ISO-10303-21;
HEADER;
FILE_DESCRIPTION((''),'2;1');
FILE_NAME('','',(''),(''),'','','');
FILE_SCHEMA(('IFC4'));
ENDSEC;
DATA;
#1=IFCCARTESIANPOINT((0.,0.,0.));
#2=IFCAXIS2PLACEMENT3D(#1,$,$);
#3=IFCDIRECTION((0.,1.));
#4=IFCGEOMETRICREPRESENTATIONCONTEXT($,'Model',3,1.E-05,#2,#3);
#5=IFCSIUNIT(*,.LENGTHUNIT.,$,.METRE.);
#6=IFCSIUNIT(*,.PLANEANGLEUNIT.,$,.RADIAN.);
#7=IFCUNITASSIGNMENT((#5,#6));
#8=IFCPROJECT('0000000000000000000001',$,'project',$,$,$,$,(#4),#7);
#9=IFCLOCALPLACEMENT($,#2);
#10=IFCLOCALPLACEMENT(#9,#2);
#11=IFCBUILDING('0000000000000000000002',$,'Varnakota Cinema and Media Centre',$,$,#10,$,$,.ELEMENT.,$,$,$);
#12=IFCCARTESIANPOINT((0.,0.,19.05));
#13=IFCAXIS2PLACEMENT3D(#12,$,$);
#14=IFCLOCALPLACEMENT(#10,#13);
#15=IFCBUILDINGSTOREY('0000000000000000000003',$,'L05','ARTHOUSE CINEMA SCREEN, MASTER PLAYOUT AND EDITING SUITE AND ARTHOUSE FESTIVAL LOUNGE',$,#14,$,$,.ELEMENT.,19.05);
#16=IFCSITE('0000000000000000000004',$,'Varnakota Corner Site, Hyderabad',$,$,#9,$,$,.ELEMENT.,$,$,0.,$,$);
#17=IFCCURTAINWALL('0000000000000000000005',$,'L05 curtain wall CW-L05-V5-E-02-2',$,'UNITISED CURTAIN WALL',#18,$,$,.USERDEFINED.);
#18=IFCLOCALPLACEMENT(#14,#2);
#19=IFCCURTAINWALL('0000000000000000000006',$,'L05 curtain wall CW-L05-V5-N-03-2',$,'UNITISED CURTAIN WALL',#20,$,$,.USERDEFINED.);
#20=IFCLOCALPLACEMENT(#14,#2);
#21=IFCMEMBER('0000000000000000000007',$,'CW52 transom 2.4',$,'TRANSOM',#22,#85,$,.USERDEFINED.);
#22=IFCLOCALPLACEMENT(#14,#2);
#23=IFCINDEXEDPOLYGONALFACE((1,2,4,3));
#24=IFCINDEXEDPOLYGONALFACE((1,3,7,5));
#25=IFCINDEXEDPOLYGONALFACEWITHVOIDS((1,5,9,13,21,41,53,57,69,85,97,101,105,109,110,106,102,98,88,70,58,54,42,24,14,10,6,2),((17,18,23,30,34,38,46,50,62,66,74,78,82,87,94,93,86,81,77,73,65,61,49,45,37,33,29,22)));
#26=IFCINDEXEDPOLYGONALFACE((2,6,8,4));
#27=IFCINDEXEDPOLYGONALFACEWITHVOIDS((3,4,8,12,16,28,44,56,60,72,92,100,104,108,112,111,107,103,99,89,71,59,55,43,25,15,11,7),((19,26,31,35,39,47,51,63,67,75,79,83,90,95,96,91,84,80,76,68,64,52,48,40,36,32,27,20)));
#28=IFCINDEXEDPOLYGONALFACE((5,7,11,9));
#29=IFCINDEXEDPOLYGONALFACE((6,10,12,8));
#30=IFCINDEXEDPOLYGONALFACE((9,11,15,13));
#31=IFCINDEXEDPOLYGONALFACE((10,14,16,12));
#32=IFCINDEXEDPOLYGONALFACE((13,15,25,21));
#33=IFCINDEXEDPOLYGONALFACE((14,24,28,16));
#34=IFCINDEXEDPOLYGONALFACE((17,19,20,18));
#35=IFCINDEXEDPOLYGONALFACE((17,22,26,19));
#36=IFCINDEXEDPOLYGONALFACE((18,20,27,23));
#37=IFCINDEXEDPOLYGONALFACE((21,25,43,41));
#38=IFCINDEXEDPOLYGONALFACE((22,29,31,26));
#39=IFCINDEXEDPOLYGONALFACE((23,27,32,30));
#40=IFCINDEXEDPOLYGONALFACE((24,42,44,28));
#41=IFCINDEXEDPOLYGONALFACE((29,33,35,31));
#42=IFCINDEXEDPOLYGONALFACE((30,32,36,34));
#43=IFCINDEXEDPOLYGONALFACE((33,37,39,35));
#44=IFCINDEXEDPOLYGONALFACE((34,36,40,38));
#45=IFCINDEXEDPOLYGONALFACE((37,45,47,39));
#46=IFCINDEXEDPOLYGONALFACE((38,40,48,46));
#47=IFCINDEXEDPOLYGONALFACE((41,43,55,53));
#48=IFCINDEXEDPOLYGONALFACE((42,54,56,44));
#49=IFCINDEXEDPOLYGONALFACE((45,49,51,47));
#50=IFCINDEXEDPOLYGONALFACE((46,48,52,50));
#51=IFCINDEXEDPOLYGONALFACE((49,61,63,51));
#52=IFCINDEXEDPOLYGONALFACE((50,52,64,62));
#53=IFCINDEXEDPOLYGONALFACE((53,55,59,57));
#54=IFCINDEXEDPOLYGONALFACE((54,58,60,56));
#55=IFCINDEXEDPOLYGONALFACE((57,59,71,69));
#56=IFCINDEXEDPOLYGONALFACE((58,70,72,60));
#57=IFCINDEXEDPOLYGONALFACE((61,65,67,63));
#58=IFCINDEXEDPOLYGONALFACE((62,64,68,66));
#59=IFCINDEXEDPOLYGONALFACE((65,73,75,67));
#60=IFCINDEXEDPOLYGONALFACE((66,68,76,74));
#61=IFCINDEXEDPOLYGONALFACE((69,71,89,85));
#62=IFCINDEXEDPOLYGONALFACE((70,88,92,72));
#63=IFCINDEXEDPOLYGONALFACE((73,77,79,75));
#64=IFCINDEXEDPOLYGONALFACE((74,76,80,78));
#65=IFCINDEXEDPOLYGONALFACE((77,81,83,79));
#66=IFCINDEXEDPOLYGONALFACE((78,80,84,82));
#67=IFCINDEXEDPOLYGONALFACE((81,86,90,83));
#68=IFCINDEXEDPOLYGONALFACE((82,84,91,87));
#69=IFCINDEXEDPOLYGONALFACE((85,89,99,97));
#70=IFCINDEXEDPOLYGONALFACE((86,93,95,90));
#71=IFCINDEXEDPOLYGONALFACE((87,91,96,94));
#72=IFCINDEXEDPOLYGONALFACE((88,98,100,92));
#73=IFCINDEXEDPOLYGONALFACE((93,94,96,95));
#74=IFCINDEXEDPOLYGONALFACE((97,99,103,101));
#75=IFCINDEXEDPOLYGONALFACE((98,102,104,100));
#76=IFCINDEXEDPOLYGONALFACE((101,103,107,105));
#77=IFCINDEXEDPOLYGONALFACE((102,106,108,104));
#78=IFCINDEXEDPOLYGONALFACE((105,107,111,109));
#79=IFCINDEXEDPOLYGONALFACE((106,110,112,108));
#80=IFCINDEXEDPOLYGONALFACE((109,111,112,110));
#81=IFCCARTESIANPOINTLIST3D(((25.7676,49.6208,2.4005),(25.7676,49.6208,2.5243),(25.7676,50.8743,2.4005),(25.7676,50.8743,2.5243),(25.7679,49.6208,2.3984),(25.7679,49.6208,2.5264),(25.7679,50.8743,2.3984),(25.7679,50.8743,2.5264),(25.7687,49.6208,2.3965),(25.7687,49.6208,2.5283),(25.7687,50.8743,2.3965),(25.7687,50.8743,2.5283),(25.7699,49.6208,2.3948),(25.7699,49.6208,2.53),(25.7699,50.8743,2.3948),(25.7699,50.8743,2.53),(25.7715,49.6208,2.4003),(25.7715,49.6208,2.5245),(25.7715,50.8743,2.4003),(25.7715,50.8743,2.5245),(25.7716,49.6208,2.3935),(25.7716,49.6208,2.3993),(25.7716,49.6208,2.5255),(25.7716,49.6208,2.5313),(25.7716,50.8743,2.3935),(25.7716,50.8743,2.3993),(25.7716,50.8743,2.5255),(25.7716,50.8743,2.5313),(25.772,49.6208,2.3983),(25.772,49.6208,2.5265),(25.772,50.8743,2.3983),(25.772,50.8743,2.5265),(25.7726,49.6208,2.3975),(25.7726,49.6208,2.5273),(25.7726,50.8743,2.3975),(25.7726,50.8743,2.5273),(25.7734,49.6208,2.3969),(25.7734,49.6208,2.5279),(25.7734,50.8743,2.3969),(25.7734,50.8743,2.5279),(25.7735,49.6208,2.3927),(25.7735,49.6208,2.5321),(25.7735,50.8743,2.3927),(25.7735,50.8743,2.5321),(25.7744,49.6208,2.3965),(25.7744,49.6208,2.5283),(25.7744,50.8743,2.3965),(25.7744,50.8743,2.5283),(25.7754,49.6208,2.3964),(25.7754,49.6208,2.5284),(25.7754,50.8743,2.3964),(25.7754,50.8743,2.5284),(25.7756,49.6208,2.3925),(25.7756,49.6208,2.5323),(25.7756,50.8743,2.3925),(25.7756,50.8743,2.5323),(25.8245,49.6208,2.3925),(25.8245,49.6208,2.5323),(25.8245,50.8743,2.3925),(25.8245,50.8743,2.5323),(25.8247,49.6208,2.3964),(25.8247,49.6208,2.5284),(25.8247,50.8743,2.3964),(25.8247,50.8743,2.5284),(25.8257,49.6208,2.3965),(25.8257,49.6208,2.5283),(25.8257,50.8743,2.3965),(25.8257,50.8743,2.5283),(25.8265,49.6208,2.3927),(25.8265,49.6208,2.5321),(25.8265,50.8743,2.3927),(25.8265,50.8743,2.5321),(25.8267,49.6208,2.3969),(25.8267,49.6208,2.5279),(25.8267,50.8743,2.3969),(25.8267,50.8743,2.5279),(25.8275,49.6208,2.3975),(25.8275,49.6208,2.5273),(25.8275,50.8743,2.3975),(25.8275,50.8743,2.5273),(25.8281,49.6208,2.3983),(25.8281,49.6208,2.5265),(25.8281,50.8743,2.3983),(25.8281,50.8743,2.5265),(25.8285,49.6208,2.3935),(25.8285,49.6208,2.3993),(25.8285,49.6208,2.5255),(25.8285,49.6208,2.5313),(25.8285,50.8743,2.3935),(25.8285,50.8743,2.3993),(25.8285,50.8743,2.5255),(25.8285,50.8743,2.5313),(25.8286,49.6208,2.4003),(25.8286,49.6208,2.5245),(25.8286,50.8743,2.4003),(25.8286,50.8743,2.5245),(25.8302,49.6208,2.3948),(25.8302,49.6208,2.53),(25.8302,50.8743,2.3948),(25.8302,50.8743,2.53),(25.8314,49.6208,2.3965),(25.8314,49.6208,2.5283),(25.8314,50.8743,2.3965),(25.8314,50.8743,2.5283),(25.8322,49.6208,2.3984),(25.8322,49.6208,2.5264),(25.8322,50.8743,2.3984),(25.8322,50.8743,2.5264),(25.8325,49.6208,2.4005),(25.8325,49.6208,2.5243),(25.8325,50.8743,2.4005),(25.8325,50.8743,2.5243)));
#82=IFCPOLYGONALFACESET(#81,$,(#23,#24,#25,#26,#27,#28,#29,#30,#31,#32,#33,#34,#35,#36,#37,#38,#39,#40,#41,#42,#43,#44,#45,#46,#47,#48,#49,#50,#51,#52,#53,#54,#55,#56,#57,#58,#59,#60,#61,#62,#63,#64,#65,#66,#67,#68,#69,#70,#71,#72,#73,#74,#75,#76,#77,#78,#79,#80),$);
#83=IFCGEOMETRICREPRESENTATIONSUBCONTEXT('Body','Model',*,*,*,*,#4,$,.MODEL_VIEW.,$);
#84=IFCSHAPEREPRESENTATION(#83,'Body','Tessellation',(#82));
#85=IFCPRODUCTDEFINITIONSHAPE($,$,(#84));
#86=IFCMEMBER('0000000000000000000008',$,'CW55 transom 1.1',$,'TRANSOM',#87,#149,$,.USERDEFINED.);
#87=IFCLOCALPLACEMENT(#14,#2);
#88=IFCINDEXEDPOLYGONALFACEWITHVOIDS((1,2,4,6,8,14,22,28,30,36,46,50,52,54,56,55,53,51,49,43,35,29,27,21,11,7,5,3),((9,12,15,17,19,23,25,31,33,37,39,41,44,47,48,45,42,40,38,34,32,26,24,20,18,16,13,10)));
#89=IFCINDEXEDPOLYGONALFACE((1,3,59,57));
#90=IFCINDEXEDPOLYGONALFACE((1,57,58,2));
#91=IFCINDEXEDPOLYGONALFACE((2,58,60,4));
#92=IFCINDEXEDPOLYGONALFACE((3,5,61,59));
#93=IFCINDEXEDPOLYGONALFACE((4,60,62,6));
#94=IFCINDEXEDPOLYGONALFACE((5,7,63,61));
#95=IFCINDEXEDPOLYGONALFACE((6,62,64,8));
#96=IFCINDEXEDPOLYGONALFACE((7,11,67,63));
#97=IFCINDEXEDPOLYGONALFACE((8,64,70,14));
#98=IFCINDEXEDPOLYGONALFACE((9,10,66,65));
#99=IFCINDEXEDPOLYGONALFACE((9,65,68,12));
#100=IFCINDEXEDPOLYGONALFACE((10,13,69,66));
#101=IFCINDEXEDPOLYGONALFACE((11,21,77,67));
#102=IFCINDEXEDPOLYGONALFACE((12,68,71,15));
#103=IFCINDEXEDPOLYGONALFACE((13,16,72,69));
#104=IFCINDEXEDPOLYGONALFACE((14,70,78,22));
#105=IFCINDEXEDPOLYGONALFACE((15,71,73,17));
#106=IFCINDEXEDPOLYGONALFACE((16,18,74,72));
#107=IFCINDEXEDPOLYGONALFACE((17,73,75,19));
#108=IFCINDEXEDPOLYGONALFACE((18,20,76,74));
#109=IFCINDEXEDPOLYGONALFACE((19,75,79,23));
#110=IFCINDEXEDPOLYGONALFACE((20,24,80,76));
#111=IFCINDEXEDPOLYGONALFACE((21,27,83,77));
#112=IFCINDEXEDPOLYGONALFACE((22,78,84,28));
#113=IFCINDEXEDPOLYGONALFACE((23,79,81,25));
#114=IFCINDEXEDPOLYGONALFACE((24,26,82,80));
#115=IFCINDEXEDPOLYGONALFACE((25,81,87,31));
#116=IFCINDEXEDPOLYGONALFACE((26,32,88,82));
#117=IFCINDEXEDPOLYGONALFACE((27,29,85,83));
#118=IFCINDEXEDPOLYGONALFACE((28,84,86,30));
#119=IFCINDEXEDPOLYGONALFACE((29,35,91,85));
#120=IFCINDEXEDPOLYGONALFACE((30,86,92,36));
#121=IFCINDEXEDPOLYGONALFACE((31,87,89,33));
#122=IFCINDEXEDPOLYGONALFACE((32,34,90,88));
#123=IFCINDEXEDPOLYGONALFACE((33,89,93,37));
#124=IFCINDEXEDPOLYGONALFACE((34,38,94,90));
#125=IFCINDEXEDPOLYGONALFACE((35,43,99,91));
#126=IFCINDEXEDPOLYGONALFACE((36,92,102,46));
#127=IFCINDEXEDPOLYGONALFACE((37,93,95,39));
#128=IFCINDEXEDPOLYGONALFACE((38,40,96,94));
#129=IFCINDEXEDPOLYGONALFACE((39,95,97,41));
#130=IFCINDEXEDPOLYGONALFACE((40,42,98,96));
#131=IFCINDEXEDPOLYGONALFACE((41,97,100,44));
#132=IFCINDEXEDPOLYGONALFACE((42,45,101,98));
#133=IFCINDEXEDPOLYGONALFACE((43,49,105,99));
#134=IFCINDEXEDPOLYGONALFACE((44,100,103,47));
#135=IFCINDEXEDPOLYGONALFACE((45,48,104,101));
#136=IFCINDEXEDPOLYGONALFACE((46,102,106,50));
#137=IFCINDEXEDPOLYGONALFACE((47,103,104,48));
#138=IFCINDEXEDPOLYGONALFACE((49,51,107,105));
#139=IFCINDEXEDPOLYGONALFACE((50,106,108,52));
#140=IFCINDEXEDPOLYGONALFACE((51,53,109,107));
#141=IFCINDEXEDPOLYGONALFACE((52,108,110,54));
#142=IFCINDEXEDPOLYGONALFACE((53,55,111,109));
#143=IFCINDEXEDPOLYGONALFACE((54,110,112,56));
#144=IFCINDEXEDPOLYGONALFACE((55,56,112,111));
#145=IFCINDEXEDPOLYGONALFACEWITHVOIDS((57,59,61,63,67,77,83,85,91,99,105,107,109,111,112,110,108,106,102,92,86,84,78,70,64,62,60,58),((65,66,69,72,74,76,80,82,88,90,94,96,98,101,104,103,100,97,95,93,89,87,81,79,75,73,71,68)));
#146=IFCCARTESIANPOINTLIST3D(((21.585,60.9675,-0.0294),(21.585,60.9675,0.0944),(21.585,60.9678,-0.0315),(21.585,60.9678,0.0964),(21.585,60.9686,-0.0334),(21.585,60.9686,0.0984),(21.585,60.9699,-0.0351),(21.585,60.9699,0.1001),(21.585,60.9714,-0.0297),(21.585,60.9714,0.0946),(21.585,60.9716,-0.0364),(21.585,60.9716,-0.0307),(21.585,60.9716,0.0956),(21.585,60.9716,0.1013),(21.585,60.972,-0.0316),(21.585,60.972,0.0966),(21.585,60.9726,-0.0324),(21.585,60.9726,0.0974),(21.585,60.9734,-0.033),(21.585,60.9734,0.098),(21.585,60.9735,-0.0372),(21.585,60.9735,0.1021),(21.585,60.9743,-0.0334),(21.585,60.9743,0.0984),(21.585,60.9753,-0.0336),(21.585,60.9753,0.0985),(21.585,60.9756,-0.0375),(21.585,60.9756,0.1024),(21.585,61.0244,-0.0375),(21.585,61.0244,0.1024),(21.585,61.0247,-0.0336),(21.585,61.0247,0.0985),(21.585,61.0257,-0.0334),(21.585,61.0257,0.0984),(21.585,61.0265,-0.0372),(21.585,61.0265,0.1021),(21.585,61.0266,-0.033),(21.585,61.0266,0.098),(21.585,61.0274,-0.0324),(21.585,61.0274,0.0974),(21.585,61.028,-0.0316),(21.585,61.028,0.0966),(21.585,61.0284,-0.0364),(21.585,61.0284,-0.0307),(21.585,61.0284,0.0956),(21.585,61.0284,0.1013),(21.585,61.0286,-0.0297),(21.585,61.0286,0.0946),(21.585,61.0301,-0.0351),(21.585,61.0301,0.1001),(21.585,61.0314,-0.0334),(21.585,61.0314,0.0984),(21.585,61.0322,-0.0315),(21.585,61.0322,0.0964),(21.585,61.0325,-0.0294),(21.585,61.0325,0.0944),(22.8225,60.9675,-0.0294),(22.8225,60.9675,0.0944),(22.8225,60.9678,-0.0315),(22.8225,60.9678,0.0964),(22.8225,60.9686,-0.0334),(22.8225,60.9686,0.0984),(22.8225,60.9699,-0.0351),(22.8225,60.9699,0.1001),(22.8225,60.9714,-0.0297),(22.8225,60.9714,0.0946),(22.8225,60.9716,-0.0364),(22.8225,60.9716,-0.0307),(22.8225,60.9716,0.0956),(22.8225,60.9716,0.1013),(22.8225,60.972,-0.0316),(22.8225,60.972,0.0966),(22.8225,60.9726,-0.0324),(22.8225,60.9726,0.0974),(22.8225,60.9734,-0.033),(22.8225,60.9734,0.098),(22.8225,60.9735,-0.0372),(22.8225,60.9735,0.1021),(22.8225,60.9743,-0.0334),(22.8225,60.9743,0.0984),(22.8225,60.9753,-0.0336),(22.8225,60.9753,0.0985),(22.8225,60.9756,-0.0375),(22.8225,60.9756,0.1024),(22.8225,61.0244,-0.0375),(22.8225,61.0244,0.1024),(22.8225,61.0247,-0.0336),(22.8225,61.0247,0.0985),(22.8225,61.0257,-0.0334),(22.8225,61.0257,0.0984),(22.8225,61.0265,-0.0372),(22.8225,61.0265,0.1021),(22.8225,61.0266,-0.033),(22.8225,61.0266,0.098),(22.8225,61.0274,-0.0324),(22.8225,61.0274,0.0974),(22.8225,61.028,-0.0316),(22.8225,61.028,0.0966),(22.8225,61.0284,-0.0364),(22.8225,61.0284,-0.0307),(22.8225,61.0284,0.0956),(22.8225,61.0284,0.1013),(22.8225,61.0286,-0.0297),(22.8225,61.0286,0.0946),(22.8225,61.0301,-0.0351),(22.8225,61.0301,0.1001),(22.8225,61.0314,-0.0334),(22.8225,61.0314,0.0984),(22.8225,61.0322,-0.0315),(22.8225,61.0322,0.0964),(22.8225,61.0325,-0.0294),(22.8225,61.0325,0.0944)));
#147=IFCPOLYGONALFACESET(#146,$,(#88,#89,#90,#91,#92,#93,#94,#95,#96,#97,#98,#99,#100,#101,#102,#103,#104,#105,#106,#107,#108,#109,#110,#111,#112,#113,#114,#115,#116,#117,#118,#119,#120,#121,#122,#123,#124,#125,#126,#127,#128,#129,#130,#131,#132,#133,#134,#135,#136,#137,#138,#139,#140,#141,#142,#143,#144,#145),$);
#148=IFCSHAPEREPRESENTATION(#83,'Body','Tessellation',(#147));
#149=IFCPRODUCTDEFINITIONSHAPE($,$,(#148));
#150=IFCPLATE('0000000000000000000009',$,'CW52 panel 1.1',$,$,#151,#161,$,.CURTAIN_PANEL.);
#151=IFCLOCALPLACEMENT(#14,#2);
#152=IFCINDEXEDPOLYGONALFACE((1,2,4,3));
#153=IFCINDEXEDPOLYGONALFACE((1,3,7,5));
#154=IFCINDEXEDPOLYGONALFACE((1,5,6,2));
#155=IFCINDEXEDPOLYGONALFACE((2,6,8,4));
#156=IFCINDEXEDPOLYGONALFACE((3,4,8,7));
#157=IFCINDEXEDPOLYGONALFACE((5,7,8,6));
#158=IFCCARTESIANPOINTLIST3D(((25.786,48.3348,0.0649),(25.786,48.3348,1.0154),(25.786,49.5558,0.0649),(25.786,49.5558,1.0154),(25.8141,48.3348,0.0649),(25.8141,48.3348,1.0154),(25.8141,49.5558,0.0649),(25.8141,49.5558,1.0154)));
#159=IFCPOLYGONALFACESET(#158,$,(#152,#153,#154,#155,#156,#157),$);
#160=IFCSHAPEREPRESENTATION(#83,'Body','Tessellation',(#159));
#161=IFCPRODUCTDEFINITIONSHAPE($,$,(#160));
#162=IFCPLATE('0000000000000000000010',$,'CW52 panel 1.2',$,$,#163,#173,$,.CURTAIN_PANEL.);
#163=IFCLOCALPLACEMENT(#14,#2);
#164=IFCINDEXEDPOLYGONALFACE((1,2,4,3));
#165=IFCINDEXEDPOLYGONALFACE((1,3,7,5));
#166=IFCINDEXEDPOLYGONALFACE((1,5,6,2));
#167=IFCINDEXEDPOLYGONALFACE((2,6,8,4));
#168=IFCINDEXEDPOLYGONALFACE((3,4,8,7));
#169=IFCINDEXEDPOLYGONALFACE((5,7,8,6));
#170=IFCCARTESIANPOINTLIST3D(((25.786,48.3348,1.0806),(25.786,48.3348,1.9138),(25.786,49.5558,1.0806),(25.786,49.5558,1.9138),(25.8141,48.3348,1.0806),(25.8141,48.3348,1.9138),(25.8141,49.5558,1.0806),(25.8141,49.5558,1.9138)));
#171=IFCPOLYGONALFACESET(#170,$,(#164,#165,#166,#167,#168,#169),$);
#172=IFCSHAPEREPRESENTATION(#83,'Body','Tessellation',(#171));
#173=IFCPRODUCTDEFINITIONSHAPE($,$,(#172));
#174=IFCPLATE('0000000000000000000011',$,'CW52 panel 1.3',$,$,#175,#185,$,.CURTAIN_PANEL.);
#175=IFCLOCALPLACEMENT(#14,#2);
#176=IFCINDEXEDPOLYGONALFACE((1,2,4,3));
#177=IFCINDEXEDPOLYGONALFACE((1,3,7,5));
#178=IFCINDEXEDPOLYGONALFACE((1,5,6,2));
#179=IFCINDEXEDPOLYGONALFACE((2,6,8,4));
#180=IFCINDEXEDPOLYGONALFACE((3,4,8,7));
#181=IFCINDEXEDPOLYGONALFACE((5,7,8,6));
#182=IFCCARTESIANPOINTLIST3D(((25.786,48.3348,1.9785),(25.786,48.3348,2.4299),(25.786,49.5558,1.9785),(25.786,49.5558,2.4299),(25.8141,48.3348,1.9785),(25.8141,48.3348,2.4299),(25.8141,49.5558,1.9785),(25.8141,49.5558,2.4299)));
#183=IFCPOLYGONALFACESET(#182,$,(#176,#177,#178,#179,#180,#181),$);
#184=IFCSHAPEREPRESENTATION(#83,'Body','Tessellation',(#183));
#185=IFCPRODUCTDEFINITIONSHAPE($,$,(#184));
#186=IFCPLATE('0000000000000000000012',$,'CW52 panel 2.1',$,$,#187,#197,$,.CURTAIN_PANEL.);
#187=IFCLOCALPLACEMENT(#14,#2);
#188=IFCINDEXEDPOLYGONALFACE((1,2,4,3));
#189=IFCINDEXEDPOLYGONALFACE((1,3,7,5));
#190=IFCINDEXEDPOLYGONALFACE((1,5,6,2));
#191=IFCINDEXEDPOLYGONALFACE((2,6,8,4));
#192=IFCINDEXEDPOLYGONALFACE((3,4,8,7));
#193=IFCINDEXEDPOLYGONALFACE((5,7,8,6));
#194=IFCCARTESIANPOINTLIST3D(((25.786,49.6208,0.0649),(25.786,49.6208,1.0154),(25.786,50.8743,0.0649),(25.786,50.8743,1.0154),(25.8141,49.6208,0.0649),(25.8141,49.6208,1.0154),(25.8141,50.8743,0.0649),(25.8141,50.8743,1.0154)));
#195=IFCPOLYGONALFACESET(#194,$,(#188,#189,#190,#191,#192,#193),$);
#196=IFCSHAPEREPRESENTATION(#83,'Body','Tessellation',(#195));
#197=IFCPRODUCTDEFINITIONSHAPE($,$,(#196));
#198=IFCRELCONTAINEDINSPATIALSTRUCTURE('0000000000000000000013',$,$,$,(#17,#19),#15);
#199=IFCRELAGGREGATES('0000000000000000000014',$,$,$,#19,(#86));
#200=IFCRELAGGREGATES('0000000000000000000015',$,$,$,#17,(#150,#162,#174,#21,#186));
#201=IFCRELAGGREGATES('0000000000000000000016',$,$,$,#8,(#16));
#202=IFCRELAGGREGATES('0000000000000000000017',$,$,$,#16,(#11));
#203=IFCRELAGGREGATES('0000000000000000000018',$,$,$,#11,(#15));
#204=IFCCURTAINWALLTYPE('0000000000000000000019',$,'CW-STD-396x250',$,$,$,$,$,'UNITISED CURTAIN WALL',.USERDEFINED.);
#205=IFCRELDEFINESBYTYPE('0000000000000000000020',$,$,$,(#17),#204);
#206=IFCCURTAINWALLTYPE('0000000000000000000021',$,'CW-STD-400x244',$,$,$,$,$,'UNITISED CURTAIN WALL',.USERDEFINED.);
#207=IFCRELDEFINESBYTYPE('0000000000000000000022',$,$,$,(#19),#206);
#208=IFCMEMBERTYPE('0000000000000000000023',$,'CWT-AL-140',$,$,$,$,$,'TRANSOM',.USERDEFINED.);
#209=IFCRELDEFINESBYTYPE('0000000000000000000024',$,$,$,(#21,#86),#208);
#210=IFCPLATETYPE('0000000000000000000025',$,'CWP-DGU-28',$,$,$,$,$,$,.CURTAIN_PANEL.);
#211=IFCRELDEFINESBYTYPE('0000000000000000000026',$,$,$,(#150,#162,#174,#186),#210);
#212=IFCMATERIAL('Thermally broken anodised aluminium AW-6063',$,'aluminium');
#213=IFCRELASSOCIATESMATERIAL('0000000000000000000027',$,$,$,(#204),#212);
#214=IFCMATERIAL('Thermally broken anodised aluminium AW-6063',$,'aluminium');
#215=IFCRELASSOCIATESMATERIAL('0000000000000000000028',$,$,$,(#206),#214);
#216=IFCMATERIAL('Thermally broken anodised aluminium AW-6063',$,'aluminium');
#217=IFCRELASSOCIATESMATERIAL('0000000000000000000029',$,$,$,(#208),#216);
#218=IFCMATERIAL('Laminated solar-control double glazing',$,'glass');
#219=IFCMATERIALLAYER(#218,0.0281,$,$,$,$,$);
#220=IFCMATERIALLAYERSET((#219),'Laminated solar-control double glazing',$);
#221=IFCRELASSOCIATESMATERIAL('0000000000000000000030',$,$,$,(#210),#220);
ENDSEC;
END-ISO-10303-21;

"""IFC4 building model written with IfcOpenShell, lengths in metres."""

from ifc_helpers import new_model, si_unit, direction, frame, origin, origin_2d, place, context, subcontext, project, spatial, rectangle, hollow_rectangle, extrude, material, layer, layer_set, material_profile, profile_set, type_object, element, aggregate, save


model = new_model("IFC4")

# Units and contexts
model_context = context("Model", 3, precision=1e-05, world=origin(), true_north=direction((0.0, 1.0)))
body_context = subcontext(model_context, "Body", "Model", "MODEL_VIEW")
ifc_project = project(units=[si_unit("LENGTHUNIT", "METRE"), si_unit("PLANEANGLEUNIT", "RADIAN")], contexts=[model_context])

# Site, building, storey
site_placement = place(None, origin())
site = spatial("IfcSite", under=ifc_project, at=site_placement, Name="Varnakota Corner Site, Hyderabad", CompositionType="ELEMENT", RefElevation=0.0)
building_placement = place(site_placement, origin())
building = spatial("IfcBuilding", under=site, at=building_placement, Name="Varnakota Cinema and Media Centre", CompositionType="ELEMENT")
storey_placement = place(building_placement, frame((0.0, 0.0, 19.05)))
storey = spatial("IfcBuildingStorey", under=building, at=storey_placement, Name="L05", Description="ARTHOUSE CINEMA SCREEN, MASTER PLAYOUT AND EDITING SUITE AND ARTHOUSE FESTIVAL LOUNGE", CompositionType="ELEMENT", Elevation=19.05)

# Shared definitions
ifc_material_1 = material(Name="Thermally broken anodised aluminium AW-6063", Category="aluminium")
curtain_wall_type_1 = type_object("IfcCurtainWallType", Name="CW-STD-396x250", ElementType="UNITISED CURTAIN WALL", PredefinedType="USERDEFINED", material=ifc_material_1)

# Curtain wall
curtain_wall_1_placement = place(storey_placement, origin())
curtain_wall_1 = element("IfcCurtainWall", 1, at=curtain_wall_1_placement, inside=storey, type_object=curtain_wall_type_1, Name="L05 curtain wall CW-L05-V5-E-02-2", ObjectType="UNITISED CURTAIN WALL", PredefinedType="USERDEFINED")

# Curtain wall
ifc_material_2 = material(Name="Thermally broken anodised aluminium AW-6063", Category="aluminium")
curtain_wall_type_2 = type_object("IfcCurtainWallType", Name="CW-STD-400x244", ElementType="UNITISED CURTAIN WALL", PredefinedType="USERDEFINED", material=ifc_material_2)
curtain_wall_2_placement = place(storey_placement, origin())
curtain_wall_2 = element("IfcCurtainWall", 2, at=curtain_wall_2_placement, inside=storey, type_object=curtain_wall_type_2, Name="L05 curtain wall CW-L05-V5-N-03-2", ObjectType="UNITISED CURTAIN WALL", PredefinedType="USERDEFINED")

# Members
ifc_material_3 = material(Name="Thermally broken anodised aluminium AW-6063", Category="aluminium")
ifc_material_profile_1 = material_profile(ifc_material_3, hollow_rectangle(XDim=0.0649, YDim=0.1399, WallThickness=0.0039, InnerFilletRadius=0.0039, OuterFilletRadius=0.0081, at=origin_2d()), Name="AL-TRANSOM 140x65x4")
ifc_profile_set_1 = profile_set([ifc_material_profile_1], Name="Thermally broken anodised aluminium AW-6063")
member_type_1 = type_object("IfcMemberType", Name="CWT-AL-140", ElementType="TRANSOM", PredefinedType="USERDEFINED", material=ifc_profile_set_1)
member_1_placement = place(storey_placement, frame((25.8, 49.6208, 2.4624), z_axis=(0.0, 1.0, 0.0), x_axis=(-1.0, 0.0, 0.0)))
member_1 = element("IfcMember", 3, at=member_1_placement, type_object=member_type_1, Name="CW52 transom 2.4", ObjectType="TRANSOM", PredefinedType="USERDEFINED", context=body_context, shape_type="SweptSolid", body=[
    extrude(hollow_rectangle(XDim=0.0649, YDim=0.1399, WallThickness=0.0039, InnerFilletRadius=0.0039, OuterFilletRadius=0.0081, at=origin_2d()), origin(), (0.0, 0.0, 1.0), 1.2534),
])
member_2_placement = place(storey_placement, frame((21.585, 61.0, 0.0325), z_axis=(1.0, 0.0, 0.0), x_axis=(0.0, 1.0, 0.0)))
member_2 = element("IfcMember", 4, at=member_2_placement, type_object=member_type_1, Name="CW55 transom 1.1", ObjectType="TRANSOM", PredefinedType="USERDEFINED", context=body_context, shape_type="SweptSolid", body=[
    extrude(hollow_rectangle(XDim=0.0649, YDim=0.1399, WallThickness=0.0039, InnerFilletRadius=0.0039, OuterFilletRadius=0.0081, at=origin_2d()), origin(), (0.0, 0.0, 1.0), 1.2375),
])
aggregate(curtain_wall_2, [member_2])

# Plates
ifc_material_4 = material(Name="Laminated solar-control double glazing", Category="glass")
ifc_layer_1 = layer(ifc_material_4, 0.0281)
ifc_layer_set_1 = layer_set([ifc_layer_1], Name="Laminated solar-control double glazing")
plate_type = type_object("IfcPlateType", Name="CWP-DGU-28", PredefinedType="CURTAIN_PANEL", material=ifc_layer_set_1)
plate_1_placement = place(storey_placement, frame((25.8, 48.9453, 0.0649), z_axis=(0.0, 0.0, 1.0), x_axis=(0.0, 1.0, 0.0)))
plate_1 = element("IfcPlate", 5, at=plate_1_placement, type_object=plate_type, Name="CW52 panel 1.1", PredefinedType="CURTAIN_PANEL", context=body_context, shape_type="SweptSolid", body=[
    extrude(rectangle(XDim=1.2209, YDim=0.0281, at=origin_2d()), origin(), (0.0, 0.0, 1.0), 0.9504),
])
plate_2_placement = place(storey_placement, frame((25.8, 48.9453, 1.0806), z_axis=(0.0, 0.0, 1.0), x_axis=(0.0, 1.0, 0.0)))
plate_2 = element("IfcPlate", 6, at=plate_2_placement, type_object=plate_type, Name="CW52 panel 1.2", PredefinedType="CURTAIN_PANEL", context=body_context, shape_type="SweptSolid", body=[
    extrude(rectangle(XDim=1.2209, YDim=0.0281, at=origin_2d()), origin(), (0.0, 0.0, 1.0), 0.8333),
])
plate_3_placement = place(storey_placement, frame((25.8, 48.9453, 1.9785), z_axis=(0.0, 0.0, 1.0), x_axis=(0.0, 1.0, 0.0)))
plate_3 = element("IfcPlate", 7, at=plate_3_placement, type_object=plate_type, Name="CW52 panel 1.3", PredefinedType="CURTAIN_PANEL", context=body_context, shape_type="SweptSolid", body=[
    extrude(rectangle(XDim=1.2209, YDim=0.0281, at=origin_2d()), origin(), (0.0, 0.0, 1.0), 0.4514),
])
plate_4_placement = place(storey_placement, frame((25.8, 50.2476, 0.0649), z_axis=(0.0, 0.0, 1.0), x_axis=(0.0, 1.0, 0.0)))
plate_4 = element("IfcPlate", 8, at=plate_4_placement, type_object=plate_type, Name="CW52 panel 2.1", PredefinedType="CURTAIN_PANEL", context=body_context, shape_type="SweptSolid", body=[
    extrude(rectangle(XDim=1.2534, YDim=0.0281, at=origin_2d()), origin(), (0.0, 0.0, 1.0), 0.9504),
])
aggregate(curtain_wall_1, [plate_1, plate_2, plate_3, member_1, plate_4])

save(model, "model.ifc")
